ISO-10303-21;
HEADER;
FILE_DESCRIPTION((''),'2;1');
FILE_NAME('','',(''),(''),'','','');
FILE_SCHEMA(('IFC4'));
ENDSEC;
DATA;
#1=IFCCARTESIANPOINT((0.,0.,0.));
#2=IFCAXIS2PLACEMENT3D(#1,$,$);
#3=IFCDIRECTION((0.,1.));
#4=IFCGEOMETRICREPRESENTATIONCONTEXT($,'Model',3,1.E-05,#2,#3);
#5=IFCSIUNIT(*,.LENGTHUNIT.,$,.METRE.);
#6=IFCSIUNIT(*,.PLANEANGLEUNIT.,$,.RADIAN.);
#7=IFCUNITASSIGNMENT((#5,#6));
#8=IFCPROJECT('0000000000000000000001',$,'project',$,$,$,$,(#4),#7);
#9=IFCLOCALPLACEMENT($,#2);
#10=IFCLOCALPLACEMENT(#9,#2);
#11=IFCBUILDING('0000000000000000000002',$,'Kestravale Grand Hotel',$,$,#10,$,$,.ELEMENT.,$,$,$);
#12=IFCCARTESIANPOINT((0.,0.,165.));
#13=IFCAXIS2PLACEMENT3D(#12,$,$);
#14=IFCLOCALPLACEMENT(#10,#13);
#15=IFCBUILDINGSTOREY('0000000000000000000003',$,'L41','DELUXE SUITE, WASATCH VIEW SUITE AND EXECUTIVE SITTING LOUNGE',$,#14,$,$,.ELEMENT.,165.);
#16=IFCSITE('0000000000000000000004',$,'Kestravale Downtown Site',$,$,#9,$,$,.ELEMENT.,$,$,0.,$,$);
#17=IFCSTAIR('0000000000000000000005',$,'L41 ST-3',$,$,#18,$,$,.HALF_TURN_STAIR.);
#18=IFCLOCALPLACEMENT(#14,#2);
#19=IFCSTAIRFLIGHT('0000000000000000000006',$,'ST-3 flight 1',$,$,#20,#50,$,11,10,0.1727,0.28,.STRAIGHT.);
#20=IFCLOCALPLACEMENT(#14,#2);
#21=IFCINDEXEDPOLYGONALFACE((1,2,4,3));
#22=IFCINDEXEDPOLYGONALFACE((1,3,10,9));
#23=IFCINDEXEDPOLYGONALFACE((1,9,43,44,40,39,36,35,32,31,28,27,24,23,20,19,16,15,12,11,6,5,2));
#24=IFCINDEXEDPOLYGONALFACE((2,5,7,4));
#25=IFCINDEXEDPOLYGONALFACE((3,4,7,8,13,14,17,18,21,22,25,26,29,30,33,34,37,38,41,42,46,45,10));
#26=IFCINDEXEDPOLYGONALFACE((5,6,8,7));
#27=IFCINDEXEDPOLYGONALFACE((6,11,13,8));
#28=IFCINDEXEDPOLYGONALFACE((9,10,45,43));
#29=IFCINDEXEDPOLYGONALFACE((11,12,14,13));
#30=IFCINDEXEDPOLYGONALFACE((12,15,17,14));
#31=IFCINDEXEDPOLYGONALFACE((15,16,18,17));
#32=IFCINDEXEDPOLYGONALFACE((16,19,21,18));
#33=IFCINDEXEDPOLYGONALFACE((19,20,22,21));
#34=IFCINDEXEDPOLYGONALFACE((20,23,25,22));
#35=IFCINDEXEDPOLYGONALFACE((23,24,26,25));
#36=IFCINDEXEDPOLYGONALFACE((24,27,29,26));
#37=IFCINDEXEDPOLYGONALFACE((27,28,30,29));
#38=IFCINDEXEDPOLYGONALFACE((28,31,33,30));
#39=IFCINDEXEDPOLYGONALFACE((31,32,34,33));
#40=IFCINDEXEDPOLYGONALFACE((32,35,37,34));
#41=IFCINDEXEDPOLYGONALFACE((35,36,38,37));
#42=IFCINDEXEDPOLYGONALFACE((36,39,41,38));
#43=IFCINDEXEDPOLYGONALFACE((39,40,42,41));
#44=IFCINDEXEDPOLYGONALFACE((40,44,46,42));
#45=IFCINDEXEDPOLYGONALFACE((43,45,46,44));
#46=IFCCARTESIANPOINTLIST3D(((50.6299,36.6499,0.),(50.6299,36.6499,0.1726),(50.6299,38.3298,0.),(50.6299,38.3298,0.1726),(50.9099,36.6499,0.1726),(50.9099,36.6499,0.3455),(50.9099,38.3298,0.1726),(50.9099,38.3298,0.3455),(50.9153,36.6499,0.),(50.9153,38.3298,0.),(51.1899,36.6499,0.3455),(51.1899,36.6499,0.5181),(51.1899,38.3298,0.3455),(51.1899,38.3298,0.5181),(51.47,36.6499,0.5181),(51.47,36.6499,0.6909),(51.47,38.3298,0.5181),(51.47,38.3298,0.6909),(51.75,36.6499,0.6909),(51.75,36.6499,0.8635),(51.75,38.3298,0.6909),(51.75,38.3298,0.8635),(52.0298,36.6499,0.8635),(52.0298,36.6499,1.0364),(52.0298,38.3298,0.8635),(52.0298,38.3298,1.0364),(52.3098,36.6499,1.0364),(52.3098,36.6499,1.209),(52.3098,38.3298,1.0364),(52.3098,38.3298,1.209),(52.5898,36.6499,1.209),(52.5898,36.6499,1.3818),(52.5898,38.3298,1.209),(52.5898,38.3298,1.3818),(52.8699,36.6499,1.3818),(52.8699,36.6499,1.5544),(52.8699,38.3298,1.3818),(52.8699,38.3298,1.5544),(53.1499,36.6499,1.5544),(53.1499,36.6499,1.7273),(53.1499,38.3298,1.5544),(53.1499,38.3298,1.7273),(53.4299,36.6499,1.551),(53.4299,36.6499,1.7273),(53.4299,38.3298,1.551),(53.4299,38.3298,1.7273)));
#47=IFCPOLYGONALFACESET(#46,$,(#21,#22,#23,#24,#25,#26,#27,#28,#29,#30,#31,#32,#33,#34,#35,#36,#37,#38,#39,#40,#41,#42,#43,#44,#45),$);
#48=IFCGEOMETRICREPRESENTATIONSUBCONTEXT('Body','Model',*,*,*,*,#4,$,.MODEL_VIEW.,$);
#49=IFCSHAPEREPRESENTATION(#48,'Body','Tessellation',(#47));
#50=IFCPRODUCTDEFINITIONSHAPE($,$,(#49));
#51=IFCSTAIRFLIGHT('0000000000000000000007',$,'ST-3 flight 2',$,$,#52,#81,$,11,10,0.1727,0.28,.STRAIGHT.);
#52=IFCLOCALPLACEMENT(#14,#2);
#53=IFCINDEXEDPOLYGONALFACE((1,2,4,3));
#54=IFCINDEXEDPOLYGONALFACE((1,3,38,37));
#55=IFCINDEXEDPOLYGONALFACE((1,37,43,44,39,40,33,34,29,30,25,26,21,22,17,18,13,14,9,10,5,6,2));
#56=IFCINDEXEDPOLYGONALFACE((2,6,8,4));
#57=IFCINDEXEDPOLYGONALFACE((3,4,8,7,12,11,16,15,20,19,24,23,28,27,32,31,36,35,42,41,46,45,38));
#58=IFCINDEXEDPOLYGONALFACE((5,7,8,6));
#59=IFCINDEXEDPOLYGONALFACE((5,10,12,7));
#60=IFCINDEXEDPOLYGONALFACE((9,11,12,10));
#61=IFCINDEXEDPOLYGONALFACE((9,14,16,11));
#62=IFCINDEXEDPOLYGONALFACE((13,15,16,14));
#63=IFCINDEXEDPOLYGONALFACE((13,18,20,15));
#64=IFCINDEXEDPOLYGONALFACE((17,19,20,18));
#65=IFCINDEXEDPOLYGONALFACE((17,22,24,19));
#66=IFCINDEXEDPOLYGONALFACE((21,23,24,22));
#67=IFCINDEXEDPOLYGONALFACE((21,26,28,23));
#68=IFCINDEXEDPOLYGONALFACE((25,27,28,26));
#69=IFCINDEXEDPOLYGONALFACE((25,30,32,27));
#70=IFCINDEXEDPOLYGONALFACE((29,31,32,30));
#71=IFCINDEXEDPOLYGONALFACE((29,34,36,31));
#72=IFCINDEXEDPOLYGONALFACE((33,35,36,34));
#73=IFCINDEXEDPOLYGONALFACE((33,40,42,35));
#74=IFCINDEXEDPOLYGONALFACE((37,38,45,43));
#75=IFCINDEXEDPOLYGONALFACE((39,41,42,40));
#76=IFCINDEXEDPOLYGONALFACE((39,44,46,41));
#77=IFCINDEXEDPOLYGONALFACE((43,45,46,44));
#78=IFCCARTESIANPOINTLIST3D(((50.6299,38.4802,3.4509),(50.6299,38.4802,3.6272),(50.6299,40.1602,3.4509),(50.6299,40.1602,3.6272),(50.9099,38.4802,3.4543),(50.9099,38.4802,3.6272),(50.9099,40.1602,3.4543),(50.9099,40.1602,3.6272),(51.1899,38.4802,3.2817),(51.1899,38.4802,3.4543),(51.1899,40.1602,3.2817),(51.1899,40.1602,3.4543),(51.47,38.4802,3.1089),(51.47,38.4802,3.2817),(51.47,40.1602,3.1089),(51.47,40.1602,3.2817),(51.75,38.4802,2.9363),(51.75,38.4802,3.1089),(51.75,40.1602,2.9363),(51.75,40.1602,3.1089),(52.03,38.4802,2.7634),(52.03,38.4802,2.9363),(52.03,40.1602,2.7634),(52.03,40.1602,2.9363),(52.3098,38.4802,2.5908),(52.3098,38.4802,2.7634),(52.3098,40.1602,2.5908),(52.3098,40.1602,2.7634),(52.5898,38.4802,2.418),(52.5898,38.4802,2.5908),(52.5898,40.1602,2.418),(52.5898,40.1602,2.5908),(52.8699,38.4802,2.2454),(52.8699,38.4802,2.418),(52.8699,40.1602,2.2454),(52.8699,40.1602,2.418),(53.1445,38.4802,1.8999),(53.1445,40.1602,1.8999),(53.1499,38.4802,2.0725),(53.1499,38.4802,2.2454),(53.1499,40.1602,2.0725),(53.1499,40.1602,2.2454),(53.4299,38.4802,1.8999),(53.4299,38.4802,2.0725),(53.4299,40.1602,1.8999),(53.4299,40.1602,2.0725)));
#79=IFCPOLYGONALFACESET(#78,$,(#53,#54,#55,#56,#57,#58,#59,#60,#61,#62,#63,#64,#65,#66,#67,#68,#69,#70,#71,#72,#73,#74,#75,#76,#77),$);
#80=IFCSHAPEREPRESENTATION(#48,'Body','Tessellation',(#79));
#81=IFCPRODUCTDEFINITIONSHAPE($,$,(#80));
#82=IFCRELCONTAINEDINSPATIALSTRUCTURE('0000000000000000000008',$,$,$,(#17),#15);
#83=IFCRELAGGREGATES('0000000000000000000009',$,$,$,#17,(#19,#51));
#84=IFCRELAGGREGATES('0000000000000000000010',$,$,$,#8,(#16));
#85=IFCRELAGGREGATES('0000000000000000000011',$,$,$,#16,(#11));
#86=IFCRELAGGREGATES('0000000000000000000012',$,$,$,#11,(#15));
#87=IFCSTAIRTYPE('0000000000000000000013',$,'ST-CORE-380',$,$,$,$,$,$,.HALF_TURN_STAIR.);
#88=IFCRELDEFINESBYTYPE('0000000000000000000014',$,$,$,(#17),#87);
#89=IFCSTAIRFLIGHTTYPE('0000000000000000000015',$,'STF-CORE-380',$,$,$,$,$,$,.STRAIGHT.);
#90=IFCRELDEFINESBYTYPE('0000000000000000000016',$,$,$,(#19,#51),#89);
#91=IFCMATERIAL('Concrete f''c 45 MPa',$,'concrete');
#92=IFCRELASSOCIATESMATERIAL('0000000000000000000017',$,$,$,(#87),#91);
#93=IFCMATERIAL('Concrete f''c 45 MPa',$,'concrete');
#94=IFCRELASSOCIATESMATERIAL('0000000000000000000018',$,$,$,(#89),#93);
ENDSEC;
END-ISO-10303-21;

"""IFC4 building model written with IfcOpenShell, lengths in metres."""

from ifc_helpers import new_model, si_unit, direction, frame, origin, place, context, subcontext, project, spatial, polyline, outline, extrude, material, type_object, element, aggregate, save


model = new_model("IFC4")

# Units and contexts
model_context = context("Model", 3, precision=1e-05, world=origin(), true_north=direction((0.0, 1.0)))
body_context = subcontext(model_context, "Body", "Model", "MODEL_VIEW")
ifc_project = project(units=[si_unit("LENGTHUNIT", "METRE"), si_unit("PLANEANGLEUNIT", "RADIAN")], contexts=[model_context])

# Site, building, storey
site_placement = place(None, origin())
site = spatial("IfcSite", under=ifc_project, at=site_placement, Name="Kestravale Downtown Site", CompositionType="ELEMENT", RefElevation=0.0)
building_placement = place(site_placement, origin())
building = spatial("IfcBuilding", under=site, at=building_placement, Name="Kestravale Grand Hotel", CompositionType="ELEMENT")
storey_placement = place(building_placement, frame((0.0, 0.0, 165.0)))
storey = spatial("IfcBuildingStorey", under=building, at=storey_placement, Name="L41", Description="DELUXE SUITE, WASATCH VIEW SUITE AND EXECUTIVE SITTING LOUNGE", CompositionType="ELEMENT", Elevation=165.0)

# Stair, stair flights
ifc_material_1 = material(Name="Concrete f'c 45 MPa", Category="concrete")
stair_type = type_object("IfcStairType", Name="ST-CORE-380", PredefinedType="HALF_TURN_STAIR", material=ifc_material_1)
stair_placement = place(storey_placement, origin())
stair = element("IfcStair", 1, at=stair_placement, inside=storey, type_object=stair_type, Name="L41 ST-3", PredefinedType="HALF_TURN_STAIR")
ifc_material_2 = material(Name="Concrete f'c 45 MPa", Category="concrete")
stair_flight_type = type_object("IfcStairFlightType", Name="STF-CORE-380", PredefinedType="STRAIGHT", material=ifc_material_2)
stair_flight_1_placement = place(storey_placement, frame((50.6299, 37.49, 0.0), z_axis=(0.0, 0.0, 1.0), x_axis=(1.0, 0.0, 0.0)))
stair_flight_1 = element("IfcStairFlight", 2, at=stair_flight_1_placement, type_object=stair_flight_type, Name="ST-3 flight 1", NumberOfRisers=11, NumberOfTreads=10, PredefinedType="STRAIGHT", RiserHeight=0.1727, TreadLength=0.28, context=body_context, shape_type="SweptSolid", body=[
    extrude(outline(polyline([(0.0, 0.0), (0.0, 0.1726), (0.28, 0.1726), (0.28, 0.3455), (0.5601, 0.3455), (0.5601, 0.5181), (0.8401, 0.5181), (0.8401, 0.6909), (1.1201, 0.6909), (1.1201, 0.8635), (1.3999, 0.8635), (1.3999, 1.0364), (1.6799, 1.0364), (1.6799, 1.209), (1.96, 1.209), (1.96, 1.3818), (2.24, 1.3818), (2.24, 1.5544), (2.52, 1.5544), (2.52, 1.7273), (2.8, 1.7273), (2.8, 1.8999), (2.8, 1.551), (0.2854, 0.0), (0.0, 0.0)])), frame((0.0, 0.8398, 0.0), z_axis=(0.0, -1.0, 0.0), x_axis=(1.0, 0.0, 0.0)), (0.0, 0.0, 1.0), 1.6799),
])
stair_flight_2_placement = place(storey_placement, frame((53.4299, 39.3201, 1.8999), z_axis=(0.0, 0.0, 1.0), x_axis=(-1.0, 0.0, 0.0)))
stair_flight_2 = element("IfcStairFlight", 3, at=stair_flight_2_placement, type_object=stair_flight_type, Name="ST-3 flight 2", NumberOfRisers=11, NumberOfTreads=10, PredefinedType="STRAIGHT", RiserHeight=0.1727, TreadLength=0.28, context=body_context, shape_type="SweptSolid", body=[
    extrude(outline(polyline([(0.0, 0.0), (0.0, 0.1726), (0.28, 0.1726), (0.28, 0.3455), (0.5601, 0.3455), (0.5601, 0.5181), (0.8401, 0.5181), (0.8401, 0.6909), (1.1201, 0.6909), (1.1201, 0.8635), (1.3999, 0.8635), (1.3999, 1.0364), (1.6799, 1.0364), (1.6799, 1.209), (1.96, 1.209), (1.96, 1.3818), (2.24, 1.3818), (2.24, 1.5544), (2.52, 1.5544), (2.52, 1.7273), (2.8, 1.7273), (2.8, 1.8999), (2.8, 1.551), (0.2854, 0.0), (0.0, 0.0)])), frame((0.0, 0.8398, 0.0), z_axis=(0.0, -1.0, 0.0), x_axis=(1.0, 0.0, 0.0)), (0.0, 0.0, 1.0), 1.6799),
])
aggregate(stair, [stair_flight_1, stair_flight_2])

save(model, "model.ifc")
